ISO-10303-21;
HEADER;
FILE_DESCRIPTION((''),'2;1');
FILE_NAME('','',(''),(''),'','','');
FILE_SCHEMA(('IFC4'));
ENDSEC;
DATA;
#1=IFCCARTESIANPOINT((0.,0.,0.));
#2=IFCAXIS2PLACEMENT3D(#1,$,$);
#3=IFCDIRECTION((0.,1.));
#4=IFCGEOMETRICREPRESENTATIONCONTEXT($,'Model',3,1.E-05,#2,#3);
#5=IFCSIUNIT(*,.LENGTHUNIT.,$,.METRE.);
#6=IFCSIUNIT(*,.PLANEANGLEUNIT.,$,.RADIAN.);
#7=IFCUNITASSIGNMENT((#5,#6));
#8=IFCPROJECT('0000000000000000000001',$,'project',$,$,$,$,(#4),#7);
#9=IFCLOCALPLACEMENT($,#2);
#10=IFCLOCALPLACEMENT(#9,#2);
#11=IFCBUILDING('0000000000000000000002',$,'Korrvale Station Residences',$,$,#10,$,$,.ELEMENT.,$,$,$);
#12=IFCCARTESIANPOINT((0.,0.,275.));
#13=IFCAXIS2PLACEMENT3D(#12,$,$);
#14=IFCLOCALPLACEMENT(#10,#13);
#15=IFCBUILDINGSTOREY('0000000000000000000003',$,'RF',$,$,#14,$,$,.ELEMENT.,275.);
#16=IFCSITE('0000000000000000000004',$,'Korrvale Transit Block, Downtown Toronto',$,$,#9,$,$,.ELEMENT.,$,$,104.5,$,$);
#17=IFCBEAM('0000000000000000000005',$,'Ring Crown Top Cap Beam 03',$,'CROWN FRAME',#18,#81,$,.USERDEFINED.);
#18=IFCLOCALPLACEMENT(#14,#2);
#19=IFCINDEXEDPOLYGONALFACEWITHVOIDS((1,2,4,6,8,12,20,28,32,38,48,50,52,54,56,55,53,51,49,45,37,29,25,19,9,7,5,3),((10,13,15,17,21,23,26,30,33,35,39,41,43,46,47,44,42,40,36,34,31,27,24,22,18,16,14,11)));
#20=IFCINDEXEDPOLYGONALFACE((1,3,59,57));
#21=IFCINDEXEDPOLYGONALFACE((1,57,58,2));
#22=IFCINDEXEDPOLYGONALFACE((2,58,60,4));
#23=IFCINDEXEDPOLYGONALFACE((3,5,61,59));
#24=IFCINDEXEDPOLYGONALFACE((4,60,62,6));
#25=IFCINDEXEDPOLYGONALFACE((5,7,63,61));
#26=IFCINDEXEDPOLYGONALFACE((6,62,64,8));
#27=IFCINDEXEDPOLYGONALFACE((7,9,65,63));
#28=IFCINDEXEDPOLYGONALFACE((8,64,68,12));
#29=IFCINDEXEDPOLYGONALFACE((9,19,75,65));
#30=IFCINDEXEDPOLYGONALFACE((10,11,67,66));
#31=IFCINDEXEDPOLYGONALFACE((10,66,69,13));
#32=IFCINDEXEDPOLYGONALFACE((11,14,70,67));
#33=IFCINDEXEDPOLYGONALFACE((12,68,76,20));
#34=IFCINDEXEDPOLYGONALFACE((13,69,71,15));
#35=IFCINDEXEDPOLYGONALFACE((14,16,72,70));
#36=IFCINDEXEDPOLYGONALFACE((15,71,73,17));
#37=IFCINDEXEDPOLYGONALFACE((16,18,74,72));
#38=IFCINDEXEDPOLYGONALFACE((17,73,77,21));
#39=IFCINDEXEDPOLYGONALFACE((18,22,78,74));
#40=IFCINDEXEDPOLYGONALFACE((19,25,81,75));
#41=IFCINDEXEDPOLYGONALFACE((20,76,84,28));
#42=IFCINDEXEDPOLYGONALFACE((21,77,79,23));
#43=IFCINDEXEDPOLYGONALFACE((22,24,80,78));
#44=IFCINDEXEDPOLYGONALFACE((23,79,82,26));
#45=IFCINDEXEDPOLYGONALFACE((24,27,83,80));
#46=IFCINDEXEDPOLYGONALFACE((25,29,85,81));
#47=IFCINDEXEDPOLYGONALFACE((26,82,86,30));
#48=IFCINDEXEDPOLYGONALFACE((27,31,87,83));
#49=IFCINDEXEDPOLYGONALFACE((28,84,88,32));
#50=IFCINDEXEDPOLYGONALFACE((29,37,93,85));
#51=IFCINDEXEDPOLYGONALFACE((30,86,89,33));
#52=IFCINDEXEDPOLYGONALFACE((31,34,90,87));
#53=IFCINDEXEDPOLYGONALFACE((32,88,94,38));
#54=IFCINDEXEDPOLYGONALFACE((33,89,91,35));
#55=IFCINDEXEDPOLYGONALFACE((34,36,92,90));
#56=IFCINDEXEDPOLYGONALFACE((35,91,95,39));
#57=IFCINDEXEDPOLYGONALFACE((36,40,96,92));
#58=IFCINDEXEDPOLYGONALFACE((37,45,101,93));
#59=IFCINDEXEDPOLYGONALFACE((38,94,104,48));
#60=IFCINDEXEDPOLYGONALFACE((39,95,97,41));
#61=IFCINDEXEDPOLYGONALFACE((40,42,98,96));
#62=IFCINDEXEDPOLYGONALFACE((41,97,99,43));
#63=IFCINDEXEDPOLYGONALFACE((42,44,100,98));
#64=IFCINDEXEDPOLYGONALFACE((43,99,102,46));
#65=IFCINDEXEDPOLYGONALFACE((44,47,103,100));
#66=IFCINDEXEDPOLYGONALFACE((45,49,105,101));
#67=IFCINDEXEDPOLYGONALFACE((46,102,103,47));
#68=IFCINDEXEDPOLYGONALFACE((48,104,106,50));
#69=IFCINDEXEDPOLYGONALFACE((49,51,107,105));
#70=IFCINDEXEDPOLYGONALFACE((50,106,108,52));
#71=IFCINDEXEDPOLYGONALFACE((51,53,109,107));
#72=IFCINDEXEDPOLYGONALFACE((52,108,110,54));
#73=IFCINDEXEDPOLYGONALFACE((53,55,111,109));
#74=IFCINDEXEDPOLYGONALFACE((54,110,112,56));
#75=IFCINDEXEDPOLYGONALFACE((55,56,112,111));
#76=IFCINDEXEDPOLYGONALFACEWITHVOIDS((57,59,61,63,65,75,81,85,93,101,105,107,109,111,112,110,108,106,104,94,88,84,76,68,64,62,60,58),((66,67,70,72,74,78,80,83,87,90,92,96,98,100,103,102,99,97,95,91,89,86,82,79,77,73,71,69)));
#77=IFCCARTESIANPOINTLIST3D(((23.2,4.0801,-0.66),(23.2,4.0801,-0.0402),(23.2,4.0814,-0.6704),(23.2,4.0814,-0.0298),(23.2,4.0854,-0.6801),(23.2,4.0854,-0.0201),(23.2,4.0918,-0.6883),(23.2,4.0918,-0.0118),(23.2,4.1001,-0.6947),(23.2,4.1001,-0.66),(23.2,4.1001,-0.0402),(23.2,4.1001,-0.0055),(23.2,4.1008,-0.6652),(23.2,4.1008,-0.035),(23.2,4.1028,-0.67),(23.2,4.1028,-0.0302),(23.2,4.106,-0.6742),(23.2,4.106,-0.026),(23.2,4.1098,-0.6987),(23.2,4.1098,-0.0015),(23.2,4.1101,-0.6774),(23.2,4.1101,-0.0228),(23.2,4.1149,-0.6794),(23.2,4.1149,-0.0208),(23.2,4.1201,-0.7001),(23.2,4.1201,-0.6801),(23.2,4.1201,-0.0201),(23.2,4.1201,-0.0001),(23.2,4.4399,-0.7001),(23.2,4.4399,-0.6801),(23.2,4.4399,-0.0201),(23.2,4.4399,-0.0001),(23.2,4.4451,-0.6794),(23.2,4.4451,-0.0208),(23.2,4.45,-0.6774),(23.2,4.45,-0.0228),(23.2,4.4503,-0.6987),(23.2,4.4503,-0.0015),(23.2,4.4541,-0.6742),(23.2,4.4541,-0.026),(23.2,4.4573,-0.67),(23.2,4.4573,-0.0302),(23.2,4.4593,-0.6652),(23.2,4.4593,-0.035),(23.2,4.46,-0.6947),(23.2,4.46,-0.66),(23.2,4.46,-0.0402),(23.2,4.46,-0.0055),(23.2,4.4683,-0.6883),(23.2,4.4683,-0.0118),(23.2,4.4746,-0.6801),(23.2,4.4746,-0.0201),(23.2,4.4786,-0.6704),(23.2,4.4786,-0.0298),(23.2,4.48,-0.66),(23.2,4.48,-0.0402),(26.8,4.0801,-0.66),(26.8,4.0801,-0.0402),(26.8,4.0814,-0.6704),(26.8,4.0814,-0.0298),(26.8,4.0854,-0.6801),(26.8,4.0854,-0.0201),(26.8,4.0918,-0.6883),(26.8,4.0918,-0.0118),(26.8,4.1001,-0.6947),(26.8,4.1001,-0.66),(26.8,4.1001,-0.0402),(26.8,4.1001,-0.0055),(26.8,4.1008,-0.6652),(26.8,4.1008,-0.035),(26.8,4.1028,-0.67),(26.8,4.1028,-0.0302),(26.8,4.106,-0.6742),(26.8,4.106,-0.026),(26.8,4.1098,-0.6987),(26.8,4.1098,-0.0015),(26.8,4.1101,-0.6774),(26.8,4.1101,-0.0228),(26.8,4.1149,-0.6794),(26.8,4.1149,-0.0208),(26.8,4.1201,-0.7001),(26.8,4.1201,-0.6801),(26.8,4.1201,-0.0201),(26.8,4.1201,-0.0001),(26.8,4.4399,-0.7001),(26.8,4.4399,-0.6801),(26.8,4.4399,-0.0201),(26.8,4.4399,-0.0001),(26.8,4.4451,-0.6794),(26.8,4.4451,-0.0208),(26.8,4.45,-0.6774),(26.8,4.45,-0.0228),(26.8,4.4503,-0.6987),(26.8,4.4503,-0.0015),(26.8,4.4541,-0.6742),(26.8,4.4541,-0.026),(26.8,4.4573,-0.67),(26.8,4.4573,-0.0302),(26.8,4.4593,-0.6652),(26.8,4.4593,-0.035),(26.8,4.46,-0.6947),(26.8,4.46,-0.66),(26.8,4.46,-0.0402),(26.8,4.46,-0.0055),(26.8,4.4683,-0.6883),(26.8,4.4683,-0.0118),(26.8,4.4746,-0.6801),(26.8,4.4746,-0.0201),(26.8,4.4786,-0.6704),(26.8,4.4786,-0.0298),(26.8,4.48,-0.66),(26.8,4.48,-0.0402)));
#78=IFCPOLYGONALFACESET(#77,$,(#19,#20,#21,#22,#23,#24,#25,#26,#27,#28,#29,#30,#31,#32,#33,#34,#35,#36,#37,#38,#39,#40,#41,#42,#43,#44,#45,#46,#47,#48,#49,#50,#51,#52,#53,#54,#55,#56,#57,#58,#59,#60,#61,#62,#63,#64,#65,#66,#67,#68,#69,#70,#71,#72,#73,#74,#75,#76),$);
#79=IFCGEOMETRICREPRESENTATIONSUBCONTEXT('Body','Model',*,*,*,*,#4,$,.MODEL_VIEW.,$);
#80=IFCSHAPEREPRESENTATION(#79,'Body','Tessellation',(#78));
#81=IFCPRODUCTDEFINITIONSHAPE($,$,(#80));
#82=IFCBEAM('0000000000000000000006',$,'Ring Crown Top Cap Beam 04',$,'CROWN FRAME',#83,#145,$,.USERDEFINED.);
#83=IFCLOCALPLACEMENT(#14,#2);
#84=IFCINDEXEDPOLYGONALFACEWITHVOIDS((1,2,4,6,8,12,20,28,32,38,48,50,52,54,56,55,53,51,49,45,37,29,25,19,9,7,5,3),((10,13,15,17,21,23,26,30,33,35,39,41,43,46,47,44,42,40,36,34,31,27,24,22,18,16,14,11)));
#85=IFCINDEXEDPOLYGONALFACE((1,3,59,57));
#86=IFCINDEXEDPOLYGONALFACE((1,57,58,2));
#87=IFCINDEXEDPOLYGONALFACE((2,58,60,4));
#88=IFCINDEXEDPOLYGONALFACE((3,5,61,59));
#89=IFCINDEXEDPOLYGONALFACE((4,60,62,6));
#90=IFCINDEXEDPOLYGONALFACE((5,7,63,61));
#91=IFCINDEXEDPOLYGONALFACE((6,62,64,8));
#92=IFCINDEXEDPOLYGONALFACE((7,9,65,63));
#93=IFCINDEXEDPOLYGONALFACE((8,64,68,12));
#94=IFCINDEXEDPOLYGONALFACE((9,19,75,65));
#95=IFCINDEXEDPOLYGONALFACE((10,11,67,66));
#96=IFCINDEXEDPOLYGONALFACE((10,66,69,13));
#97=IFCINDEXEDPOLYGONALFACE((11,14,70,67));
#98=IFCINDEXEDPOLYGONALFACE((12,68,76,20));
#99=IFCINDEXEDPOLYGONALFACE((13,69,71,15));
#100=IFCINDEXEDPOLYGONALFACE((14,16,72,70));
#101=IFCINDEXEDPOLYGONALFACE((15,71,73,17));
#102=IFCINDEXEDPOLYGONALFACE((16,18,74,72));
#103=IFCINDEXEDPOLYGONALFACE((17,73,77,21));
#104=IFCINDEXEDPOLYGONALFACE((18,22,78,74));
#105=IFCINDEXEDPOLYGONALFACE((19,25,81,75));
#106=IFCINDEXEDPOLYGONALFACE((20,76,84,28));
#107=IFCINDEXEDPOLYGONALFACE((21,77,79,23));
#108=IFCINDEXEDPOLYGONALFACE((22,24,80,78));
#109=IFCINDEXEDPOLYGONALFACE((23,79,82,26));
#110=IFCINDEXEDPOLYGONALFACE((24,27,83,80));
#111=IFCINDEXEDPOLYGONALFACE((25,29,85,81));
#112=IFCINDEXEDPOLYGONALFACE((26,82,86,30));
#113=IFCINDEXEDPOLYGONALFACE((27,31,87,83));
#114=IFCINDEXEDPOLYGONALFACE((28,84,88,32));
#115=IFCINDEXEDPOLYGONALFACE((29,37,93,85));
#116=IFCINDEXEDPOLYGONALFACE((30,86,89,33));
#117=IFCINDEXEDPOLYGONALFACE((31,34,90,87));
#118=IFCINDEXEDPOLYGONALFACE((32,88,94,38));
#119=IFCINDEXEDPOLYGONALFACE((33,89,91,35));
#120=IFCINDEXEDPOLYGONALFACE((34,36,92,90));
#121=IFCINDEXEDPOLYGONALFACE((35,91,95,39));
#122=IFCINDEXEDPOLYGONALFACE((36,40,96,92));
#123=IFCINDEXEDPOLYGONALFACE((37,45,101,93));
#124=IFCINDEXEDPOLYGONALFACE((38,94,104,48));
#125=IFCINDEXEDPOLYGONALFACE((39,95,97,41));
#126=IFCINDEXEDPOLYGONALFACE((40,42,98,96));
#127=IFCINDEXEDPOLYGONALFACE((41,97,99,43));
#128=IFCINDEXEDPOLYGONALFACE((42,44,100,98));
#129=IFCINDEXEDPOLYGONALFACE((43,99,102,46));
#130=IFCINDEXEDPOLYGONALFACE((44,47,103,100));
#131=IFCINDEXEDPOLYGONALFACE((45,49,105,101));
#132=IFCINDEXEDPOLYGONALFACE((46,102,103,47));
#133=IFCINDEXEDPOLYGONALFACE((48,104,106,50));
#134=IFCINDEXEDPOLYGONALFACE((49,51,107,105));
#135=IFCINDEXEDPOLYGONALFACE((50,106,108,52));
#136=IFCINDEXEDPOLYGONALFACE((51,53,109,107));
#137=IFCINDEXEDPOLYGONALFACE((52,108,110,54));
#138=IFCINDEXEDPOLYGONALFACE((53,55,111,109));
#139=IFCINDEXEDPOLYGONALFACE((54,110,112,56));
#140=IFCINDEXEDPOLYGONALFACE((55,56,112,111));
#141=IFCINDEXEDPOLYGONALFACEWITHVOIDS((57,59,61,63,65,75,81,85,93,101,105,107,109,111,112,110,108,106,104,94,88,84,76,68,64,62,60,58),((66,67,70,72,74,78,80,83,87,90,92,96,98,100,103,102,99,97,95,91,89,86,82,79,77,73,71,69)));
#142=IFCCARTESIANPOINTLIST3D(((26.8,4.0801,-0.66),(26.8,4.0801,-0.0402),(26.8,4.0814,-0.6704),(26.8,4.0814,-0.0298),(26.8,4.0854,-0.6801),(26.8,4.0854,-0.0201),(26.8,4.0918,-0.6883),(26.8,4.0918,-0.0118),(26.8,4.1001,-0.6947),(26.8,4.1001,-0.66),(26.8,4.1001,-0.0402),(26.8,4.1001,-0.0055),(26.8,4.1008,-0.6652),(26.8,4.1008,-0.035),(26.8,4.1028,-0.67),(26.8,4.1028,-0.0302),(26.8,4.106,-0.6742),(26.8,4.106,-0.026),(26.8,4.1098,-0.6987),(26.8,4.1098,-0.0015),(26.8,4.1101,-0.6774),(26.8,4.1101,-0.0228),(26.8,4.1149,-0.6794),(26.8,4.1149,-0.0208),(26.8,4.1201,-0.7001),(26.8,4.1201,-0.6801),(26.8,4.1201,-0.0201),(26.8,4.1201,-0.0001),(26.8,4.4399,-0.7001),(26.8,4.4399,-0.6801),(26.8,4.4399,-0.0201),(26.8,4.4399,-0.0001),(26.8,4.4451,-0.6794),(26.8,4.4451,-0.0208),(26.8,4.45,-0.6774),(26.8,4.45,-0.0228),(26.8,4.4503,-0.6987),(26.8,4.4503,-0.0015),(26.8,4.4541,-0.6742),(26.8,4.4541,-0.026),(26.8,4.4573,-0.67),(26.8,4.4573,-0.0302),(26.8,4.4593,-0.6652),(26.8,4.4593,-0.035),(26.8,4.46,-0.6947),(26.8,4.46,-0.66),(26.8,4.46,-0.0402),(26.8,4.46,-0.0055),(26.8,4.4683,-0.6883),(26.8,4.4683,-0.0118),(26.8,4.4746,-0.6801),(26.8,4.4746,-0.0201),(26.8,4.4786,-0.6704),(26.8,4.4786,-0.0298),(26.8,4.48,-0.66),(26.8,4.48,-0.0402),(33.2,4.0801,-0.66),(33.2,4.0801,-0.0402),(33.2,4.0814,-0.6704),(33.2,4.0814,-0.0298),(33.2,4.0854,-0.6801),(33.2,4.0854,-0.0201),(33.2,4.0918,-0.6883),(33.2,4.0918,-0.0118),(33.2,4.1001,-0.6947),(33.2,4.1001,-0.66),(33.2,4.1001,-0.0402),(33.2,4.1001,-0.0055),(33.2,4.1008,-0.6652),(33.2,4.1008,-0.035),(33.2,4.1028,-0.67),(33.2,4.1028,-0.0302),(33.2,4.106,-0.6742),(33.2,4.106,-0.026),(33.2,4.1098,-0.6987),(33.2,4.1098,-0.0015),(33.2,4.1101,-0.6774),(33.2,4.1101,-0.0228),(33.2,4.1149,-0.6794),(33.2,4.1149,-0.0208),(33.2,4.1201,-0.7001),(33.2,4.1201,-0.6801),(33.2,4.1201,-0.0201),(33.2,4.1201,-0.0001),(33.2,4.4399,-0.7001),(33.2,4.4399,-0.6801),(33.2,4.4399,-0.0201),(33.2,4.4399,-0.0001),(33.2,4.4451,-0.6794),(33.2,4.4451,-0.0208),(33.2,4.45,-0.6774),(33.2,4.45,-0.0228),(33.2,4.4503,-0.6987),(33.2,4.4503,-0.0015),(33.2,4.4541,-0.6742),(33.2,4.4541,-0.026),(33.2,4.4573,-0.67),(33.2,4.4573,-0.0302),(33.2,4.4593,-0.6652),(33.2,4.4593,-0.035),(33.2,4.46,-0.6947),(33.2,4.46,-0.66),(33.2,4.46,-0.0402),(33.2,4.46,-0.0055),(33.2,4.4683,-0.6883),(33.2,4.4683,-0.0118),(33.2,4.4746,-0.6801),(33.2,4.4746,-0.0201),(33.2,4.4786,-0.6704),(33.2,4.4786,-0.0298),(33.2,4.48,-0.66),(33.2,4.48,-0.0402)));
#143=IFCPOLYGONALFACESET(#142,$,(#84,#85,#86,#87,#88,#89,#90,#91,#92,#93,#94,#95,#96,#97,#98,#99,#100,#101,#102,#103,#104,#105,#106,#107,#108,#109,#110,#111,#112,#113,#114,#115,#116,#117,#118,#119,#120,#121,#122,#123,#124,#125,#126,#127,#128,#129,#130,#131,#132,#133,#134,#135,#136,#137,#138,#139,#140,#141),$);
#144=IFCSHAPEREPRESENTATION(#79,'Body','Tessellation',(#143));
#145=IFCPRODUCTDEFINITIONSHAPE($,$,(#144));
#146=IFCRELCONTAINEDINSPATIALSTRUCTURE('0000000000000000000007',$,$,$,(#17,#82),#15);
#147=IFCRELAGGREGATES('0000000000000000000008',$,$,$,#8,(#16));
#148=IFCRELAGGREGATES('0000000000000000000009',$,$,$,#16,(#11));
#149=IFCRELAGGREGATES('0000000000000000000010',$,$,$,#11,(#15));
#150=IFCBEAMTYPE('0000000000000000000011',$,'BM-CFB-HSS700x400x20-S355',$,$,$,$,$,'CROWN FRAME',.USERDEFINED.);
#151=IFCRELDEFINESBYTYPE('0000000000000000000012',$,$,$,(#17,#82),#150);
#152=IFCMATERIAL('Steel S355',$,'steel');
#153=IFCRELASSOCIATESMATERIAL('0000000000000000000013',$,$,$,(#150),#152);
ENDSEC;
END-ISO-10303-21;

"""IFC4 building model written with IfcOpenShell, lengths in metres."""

from ifc_helpers import new_model, si_unit, direction, frame, origin, origin_2d, place, context, subcontext, project, spatial, hollow_rectangle, extrude, material, material_profile, profile_set, type_object, element, save


model = new_model("IFC4")

# Units and contexts
model_context = context("Model", 3, precision=1e-05, world=origin(), true_north=direction((0.0, 1.0)))
body_context = subcontext(model_context, "Body", "Model", "MODEL_VIEW")
ifc_project = project(units=[si_unit("LENGTHUNIT", "METRE"), si_unit("PLANEANGLEUNIT", "RADIAN")], contexts=[model_context])

# Site, building, storey
site_placement = place(None, origin())
site = spatial("IfcSite", under=ifc_project, at=site_placement, Name="Korrvale Transit Block, Downtown Toronto", CompositionType="ELEMENT", RefElevation=104.5)
building_placement = place(site_placement, origin())
building = spatial("IfcBuilding", under=site, at=building_placement, Name="Korrvale Station Residences", CompositionType="ELEMENT")
storey_placement = place(building_placement, frame((0.0, 0.0, 275.0)))
storey = spatial("IfcBuildingStorey", under=building, at=storey_placement, Name="RF", CompositionType="ELEMENT", Elevation=275.0)

# Beams
ifc_material_1 = material(Name="Steel S355", Category="steel")
ifc_material_profile = material_profile(ifc_material_1, hollow_rectangle(XDim=0.3999, YDim=0.7, WallThickness=0.02, InnerFilletRadius=0.02, OuterFilletRadius=0.04, at=origin_2d()), Name="HSS700x400x20")
ifc_profile_set = profile_set([ifc_material_profile], Name="Steel S355")
beam_type = type_object("IfcBeamType", Name="BM-CFB-HSS700x400x20-S355", ElementType="CROWN FRAME", PredefinedType="USERDEFINED", material=ifc_profile_set)
beam_1_placement = place(storey_placement, frame((23.2, 4.28, -0.3501), z_axis=(1.0, 0.0, 0.0), x_axis=(0.0, 1.0, 0.0)))
element("IfcBeam", 1, at=beam_1_placement, inside=storey, type_object=beam_type, Name="Ring Crown Top Cap Beam 03", ObjectType="CROWN FRAME", PredefinedType="USERDEFINED", context=body_context, shape_type="SweptSolid", body=[
    extrude(hollow_rectangle(XDim=0.3999, YDim=0.7, WallThickness=0.02, InnerFilletRadius=0.02, OuterFilletRadius=0.04, at=origin_2d()), origin(), (0.0, 0.0, 1.0), 3.6001),
])
beam_2_placement = place(storey_placement, frame((26.8, 4.28, -0.3501), z_axis=(1.0, 0.0, 0.0), x_axis=(0.0, 1.0, 0.0)))
element("IfcBeam", 2, at=beam_2_placement, inside=storey, type_object=beam_type, Name="Ring Crown Top Cap Beam 04", ObjectType="CROWN FRAME", PredefinedType="USERDEFINED", context=body_context, shape_type="SweptSolid", body=[
    extrude(hollow_rectangle(XDim=0.3999, YDim=0.7, WallThickness=0.02, InnerFilletRadius=0.02, OuterFilletRadius=0.04, at=origin_2d()), origin(), (0.0, 0.0, 1.0), 6.3999),
])

save(model, "model.ifc")
